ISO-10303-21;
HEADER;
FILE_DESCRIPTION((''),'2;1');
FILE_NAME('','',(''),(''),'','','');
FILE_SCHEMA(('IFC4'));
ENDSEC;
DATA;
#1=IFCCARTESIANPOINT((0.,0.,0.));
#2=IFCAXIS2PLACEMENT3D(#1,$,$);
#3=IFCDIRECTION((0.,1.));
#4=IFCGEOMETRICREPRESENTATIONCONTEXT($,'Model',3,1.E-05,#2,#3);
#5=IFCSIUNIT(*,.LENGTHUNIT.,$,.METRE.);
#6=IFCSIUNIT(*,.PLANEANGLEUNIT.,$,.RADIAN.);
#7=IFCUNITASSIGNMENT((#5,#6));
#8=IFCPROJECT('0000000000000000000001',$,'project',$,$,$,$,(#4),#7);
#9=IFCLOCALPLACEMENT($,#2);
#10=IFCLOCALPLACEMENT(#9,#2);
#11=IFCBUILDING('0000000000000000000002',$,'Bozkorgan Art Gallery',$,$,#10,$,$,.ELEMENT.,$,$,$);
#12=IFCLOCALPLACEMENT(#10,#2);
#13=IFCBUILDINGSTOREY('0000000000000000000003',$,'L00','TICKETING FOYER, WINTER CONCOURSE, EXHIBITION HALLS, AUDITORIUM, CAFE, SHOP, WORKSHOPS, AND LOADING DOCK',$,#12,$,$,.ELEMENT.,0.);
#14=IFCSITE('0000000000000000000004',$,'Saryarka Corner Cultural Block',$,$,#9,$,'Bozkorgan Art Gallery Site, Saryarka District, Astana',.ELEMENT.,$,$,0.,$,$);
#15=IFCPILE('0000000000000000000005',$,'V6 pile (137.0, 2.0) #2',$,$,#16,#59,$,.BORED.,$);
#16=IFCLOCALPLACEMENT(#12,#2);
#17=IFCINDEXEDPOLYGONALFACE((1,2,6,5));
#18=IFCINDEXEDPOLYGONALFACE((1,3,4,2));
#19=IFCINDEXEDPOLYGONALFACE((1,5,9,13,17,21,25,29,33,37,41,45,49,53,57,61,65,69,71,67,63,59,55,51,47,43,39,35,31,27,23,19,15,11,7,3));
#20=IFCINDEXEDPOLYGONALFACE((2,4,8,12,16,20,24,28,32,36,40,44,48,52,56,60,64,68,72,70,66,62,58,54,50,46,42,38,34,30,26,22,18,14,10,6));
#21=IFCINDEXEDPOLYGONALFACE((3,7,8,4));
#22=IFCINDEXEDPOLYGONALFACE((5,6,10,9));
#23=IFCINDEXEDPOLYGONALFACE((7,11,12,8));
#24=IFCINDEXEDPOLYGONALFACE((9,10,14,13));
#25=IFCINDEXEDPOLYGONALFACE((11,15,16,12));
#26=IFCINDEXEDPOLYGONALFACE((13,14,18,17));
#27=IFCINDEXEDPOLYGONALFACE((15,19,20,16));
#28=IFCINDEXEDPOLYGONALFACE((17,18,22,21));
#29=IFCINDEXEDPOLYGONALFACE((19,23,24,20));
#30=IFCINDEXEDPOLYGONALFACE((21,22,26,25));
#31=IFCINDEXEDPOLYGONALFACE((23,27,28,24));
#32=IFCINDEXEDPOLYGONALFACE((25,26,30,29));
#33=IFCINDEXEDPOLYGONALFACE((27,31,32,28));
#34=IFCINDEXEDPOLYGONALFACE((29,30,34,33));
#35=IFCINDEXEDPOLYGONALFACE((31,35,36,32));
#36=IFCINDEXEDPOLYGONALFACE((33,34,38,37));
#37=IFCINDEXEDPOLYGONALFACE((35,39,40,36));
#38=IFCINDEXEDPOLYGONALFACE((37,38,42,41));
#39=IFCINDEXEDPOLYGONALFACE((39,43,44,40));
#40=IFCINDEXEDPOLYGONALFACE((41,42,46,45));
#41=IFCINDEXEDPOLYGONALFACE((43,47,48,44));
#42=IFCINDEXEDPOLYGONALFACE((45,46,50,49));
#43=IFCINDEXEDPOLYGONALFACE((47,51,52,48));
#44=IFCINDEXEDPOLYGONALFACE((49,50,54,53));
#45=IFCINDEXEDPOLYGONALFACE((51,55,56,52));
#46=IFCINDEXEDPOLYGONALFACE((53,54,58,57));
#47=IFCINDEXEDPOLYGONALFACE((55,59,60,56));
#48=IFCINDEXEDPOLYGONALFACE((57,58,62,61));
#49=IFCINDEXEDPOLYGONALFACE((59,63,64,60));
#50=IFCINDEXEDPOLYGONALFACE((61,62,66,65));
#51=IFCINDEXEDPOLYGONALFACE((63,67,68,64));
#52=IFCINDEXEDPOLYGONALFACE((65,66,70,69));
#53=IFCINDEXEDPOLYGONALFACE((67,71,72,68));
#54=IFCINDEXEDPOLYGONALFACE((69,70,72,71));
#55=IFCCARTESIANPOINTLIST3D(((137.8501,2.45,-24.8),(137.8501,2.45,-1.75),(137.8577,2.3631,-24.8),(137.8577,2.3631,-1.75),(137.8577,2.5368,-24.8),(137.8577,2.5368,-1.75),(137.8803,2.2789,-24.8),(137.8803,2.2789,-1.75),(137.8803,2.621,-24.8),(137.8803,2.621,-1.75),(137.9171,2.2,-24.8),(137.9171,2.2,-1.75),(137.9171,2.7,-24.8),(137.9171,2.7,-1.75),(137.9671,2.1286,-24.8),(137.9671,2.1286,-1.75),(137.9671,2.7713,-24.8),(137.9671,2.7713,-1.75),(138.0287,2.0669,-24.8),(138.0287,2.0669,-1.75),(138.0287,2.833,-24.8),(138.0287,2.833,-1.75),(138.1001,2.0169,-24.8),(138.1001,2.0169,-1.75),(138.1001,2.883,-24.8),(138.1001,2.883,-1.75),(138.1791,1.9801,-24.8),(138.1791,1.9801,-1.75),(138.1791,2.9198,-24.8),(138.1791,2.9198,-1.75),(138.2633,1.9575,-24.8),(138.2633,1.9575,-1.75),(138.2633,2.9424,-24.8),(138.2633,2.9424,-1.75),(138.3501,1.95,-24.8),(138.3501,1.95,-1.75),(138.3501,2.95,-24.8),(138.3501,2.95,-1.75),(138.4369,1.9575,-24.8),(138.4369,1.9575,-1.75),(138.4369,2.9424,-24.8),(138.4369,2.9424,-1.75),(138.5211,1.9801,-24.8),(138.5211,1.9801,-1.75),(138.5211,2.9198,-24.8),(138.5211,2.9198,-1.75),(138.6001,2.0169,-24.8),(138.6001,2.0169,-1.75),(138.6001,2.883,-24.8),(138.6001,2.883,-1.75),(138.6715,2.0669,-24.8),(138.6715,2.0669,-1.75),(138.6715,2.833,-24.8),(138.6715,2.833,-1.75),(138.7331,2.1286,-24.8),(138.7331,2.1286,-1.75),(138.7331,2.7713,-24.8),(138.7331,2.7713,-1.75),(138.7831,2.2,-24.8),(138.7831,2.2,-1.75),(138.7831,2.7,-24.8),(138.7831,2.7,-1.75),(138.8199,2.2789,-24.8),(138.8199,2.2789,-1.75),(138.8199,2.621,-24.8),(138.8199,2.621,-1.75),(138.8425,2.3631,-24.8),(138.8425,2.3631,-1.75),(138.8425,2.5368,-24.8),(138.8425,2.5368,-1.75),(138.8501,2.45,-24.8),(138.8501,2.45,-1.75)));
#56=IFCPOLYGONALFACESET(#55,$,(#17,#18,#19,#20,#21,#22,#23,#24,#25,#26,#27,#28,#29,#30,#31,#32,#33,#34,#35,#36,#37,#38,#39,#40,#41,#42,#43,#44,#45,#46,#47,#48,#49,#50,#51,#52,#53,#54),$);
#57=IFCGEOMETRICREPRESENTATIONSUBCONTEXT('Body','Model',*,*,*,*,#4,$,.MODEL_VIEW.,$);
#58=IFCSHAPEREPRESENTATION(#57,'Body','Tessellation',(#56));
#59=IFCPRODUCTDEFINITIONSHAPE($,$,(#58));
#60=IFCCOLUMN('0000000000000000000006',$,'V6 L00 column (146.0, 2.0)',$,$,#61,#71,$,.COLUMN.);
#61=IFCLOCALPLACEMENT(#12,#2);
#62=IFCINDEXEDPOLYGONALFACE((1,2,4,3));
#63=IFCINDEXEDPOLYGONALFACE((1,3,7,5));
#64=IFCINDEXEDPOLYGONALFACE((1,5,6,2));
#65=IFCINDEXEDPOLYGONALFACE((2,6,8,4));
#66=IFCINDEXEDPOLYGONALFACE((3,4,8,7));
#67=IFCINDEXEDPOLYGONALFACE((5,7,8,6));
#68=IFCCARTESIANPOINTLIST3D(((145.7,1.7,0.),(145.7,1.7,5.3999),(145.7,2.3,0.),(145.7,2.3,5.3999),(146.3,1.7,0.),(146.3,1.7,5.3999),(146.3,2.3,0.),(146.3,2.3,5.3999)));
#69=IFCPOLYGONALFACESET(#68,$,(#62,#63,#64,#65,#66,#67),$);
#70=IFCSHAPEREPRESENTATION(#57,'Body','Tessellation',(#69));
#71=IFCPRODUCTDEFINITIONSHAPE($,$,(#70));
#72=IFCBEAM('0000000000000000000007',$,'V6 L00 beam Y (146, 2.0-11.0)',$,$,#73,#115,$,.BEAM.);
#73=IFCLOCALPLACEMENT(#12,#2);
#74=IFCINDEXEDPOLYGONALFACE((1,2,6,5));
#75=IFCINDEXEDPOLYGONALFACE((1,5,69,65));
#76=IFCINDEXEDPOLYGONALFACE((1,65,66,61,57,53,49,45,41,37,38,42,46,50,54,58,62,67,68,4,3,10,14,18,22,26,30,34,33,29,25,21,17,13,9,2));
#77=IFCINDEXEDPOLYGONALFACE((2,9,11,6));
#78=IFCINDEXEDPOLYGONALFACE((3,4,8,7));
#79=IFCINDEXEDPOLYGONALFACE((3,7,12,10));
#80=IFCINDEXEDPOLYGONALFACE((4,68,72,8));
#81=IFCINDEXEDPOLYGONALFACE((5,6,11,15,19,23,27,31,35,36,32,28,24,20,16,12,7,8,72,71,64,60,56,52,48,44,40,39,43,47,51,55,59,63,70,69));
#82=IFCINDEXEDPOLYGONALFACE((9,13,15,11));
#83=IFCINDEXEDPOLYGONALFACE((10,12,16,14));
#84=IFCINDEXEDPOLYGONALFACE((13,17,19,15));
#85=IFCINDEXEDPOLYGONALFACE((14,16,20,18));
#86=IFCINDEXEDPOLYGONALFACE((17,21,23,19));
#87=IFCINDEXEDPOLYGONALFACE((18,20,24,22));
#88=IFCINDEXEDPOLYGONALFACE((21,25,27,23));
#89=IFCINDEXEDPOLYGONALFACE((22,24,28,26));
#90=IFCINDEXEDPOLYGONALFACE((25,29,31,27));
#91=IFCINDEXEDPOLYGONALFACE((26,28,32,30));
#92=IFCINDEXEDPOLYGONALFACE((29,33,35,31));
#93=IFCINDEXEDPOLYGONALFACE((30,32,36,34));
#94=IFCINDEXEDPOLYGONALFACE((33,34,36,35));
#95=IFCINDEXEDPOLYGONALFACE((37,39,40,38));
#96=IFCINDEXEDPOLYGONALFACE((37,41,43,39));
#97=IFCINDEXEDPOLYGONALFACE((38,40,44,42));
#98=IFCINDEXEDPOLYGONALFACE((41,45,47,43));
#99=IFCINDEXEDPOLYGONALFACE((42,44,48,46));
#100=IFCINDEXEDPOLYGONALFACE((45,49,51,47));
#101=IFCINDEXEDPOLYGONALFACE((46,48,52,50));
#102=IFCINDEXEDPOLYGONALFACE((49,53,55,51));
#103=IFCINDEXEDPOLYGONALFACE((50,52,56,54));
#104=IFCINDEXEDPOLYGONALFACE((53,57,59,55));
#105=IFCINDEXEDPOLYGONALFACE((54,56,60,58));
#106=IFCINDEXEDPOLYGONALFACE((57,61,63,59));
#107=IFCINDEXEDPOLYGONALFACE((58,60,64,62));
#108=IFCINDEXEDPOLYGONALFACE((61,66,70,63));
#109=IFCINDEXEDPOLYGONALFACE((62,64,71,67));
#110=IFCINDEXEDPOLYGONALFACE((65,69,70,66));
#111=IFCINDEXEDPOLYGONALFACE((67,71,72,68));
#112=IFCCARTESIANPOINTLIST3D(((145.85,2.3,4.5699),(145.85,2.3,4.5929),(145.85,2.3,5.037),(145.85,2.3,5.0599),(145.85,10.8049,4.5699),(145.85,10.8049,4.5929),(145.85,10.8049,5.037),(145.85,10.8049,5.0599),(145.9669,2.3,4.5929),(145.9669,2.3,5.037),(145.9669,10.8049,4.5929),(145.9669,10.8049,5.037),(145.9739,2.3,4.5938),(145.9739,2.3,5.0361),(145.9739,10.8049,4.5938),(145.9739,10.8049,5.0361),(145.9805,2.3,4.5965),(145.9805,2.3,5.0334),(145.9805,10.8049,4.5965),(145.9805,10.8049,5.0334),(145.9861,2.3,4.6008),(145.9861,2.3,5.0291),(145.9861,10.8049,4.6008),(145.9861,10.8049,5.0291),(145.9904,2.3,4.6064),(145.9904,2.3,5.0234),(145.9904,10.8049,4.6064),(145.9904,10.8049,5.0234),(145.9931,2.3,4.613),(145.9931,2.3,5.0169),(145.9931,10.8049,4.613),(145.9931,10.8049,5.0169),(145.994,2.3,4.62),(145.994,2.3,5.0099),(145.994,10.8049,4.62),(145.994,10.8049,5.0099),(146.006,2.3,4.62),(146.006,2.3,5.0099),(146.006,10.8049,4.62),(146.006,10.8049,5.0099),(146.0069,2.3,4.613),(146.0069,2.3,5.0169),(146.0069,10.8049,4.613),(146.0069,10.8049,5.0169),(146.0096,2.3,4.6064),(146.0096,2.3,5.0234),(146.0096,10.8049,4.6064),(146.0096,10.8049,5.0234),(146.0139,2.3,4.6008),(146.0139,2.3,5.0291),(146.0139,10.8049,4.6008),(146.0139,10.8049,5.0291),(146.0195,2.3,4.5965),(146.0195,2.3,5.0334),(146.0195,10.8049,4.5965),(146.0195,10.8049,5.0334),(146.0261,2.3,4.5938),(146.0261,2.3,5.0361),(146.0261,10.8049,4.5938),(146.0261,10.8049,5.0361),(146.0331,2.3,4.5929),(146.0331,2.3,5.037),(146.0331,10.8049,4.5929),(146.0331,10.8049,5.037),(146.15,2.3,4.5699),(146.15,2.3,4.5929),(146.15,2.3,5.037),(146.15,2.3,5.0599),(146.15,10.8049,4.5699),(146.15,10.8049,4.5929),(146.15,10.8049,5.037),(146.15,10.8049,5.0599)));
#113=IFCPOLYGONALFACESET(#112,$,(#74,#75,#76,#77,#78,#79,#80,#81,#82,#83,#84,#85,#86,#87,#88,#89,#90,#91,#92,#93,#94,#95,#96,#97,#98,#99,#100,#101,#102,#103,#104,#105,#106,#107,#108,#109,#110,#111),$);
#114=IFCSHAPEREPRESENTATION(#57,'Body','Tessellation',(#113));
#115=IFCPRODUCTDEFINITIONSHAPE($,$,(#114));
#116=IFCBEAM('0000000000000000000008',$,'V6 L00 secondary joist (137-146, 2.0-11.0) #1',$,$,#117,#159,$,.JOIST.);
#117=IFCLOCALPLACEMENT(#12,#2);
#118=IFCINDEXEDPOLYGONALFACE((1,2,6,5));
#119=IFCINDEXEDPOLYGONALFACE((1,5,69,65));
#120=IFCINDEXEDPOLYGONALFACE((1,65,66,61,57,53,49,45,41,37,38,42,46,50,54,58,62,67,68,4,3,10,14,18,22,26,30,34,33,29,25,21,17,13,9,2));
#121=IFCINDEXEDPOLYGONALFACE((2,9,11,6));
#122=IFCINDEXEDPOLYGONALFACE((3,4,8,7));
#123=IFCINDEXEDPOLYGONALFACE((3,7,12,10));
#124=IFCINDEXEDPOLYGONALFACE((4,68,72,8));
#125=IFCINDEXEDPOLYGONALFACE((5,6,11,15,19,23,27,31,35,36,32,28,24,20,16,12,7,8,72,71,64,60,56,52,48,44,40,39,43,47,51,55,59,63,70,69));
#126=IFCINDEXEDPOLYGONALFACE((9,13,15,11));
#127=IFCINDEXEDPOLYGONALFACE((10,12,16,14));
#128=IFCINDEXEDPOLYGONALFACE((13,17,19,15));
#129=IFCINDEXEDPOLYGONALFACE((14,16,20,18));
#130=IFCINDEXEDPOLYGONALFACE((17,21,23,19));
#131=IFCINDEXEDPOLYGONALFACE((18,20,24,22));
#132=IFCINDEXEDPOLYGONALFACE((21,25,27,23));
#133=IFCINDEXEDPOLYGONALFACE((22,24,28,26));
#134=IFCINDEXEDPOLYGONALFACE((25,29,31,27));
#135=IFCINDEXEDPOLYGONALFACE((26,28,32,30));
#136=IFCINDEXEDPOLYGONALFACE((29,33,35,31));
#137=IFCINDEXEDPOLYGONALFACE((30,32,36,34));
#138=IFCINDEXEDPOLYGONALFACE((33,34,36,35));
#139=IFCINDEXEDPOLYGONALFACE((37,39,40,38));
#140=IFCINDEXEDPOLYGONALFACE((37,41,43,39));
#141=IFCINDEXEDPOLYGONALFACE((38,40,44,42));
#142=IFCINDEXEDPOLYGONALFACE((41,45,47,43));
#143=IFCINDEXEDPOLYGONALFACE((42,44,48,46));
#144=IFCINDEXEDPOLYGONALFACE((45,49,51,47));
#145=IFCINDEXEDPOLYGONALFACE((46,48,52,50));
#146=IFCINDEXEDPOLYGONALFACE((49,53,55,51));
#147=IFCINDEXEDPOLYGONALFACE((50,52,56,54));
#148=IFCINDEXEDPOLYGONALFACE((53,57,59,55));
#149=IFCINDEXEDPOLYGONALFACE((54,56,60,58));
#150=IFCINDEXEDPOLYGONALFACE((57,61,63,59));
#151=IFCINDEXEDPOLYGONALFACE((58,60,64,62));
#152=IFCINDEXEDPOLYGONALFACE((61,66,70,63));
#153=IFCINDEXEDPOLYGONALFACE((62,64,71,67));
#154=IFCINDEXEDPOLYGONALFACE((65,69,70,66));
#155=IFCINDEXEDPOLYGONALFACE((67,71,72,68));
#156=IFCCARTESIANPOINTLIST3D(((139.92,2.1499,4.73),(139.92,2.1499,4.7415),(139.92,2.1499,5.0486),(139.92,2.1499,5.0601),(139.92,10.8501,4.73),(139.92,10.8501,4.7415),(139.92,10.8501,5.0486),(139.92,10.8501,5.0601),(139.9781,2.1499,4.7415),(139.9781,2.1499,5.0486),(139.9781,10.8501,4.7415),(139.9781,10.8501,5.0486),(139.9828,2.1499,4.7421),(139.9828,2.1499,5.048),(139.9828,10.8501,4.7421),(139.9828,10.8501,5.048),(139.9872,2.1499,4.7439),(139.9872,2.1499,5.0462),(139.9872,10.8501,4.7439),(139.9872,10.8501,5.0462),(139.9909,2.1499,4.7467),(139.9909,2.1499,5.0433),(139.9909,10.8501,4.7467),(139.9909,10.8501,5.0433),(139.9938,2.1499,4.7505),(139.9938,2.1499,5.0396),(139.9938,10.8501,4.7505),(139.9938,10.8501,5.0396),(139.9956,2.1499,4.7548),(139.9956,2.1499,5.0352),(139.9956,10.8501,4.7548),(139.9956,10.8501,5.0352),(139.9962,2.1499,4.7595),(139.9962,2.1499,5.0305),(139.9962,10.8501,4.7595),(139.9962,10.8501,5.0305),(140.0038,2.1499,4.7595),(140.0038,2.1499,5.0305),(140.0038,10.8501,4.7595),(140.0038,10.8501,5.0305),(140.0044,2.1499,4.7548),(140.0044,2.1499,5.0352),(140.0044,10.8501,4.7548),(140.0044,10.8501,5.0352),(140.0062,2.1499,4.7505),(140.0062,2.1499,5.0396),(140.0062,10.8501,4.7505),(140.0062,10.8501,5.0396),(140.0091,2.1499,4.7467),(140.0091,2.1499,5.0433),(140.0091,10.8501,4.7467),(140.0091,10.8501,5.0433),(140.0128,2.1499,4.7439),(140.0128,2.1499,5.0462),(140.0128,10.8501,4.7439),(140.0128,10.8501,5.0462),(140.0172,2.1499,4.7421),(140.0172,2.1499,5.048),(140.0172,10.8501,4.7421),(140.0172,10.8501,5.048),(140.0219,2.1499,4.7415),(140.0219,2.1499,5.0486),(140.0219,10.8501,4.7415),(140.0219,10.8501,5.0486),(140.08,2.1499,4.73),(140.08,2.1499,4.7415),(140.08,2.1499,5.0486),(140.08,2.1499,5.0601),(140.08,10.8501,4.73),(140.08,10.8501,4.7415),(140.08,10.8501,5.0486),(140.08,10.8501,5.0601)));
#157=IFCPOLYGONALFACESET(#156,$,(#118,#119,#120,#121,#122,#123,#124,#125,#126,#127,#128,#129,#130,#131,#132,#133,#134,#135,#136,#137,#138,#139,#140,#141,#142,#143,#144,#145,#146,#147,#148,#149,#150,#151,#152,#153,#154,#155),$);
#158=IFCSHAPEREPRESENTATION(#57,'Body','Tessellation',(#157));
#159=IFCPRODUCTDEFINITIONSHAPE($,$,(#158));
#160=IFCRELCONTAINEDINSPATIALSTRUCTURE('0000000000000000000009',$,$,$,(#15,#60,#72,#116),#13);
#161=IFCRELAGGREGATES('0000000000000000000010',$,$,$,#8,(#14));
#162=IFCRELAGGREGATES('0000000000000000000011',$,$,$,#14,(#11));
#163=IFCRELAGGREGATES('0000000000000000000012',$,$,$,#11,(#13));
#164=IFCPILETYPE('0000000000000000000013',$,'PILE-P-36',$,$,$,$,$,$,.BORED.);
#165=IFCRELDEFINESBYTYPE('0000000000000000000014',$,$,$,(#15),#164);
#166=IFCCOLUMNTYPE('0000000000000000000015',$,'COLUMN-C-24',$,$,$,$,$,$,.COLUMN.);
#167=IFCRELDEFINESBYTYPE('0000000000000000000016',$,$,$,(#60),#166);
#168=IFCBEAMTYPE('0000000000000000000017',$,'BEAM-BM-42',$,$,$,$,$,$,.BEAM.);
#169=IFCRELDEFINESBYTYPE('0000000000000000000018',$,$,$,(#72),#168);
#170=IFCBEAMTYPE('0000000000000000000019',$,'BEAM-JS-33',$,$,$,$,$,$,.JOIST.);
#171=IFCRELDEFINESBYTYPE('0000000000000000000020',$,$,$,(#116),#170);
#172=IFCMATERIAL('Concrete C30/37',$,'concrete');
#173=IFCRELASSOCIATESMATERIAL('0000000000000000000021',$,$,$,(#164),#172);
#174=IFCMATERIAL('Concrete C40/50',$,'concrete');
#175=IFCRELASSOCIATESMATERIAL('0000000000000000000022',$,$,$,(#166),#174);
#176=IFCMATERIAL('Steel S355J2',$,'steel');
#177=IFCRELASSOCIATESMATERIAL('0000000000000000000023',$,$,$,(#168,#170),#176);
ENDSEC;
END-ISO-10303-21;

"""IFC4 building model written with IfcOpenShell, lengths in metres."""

from ifc_helpers import new_model, si_unit, direction, frame, origin, origin_2d, place, context, subcontext, project, spatial, rectangle, circle, i_section, extrude, material, material_profile, profile_set, type_object, element, save


model = new_model("IFC4")

# Units and contexts
model_context = context("Model", 3, precision=1e-05, world=origin(), true_north=direction((0.0, 1.0)))
body_context = subcontext(model_context, "Body", "Model", "MODEL_VIEW")
ifc_project = project(units=[si_unit("LENGTHUNIT", "METRE"), si_unit("PLANEANGLEUNIT", "RADIAN")], contexts=[model_context])

# Site, building, storey
site_placement = place(None, origin())
site = spatial("IfcSite", under=ifc_project, at=site_placement, Name="Saryarka Corner Cultural Block", LongName="Bozkorgan Art Gallery Site, Saryarka District, Astana", CompositionType="ELEMENT", RefElevation=0.0)
building_placement = place(site_placement, origin())
building = spatial("IfcBuilding", under=site, at=building_placement, Name="Bozkorgan Art Gallery", CompositionType="ELEMENT")
storey_placement = place(building_placement, origin())
storey = spatial("IfcBuildingStorey", under=building, at=storey_placement, Name="L00", Description="TICKETING FOYER, WINTER CONCOURSE, EXHIBITION HALLS, AUDITORIUM, CAFE, SHOP, WORKSHOPS, AND LOADING DOCK", CompositionType="ELEMENT", Elevation=0.0)

# Shared definitions
ifc_material_1 = material(Name="Concrete C30/37", Category="concrete")

# Pile
ifc_material_profile_1 = material_profile(ifc_material_1, circle(Radius=0.5, at=origin_2d()), Name="PILE D1000")
ifc_profile_set_1 = profile_set([ifc_material_profile_1], Name="Concrete C30/37")
pile_type = type_object("IfcPileType", Name="PILE-P-36", PredefinedType="BORED", material=ifc_profile_set_1)
pile_placement = place(storey_placement, frame((138.3501, 2.45, -1.75), z_axis=(0.0, 0.0, -1.0), x_axis=(1.0, 0.0, 0.0)))
element("IfcPile", 1, at=pile_placement, inside=storey, type_object=pile_type, Name="V6 pile (137.0, 2.0) #2", PredefinedType="BORED", context=body_context, shape_type="SweptSolid", body=[
    extrude(circle(Radius=0.5, at=origin_2d()), origin(), (0.0, 0.0, 1.0), 23.05),
])

# Column
ifc_material_2 = material(Name="Concrete C40/50", Category="concrete")
ifc_material_profile_2 = material_profile(ifc_material_2, rectangle(XDim=0.6001, YDim=0.6001, at=origin_2d()), Name="RC 600x600")
ifc_profile_set_2 = profile_set([ifc_material_profile_2], Name="Concrete C40/50")
column_type = type_object("IfcColumnType", Name="COLUMN-C-24", PredefinedType="COLUMN", material=ifc_profile_set_2)
column_placement = place(storey_placement, frame((146.0, 2.0, 0.0), z_axis=(0.0, 0.0, 1.0), x_axis=(1.0, 0.0, 0.0)))
element("IfcColumn", 2, at=column_placement, inside=storey, type_object=column_type, Name="V6 L00 column (146.0, 2.0)", PredefinedType="COLUMN", context=body_context, shape_type="SweptSolid", body=[
    extrude(rectangle(XDim=0.6001, YDim=0.6001, at=origin_2d()), origin(), (0.0, 0.0, 1.0), 5.3999),
])

# Beams
ifc_material_3 = material(Name="Steel S355J2", Category="steel")
ifc_material_profile_3 = material_profile(ifc_material_3, i_section(OverallWidth=0.3, OverallDepth=0.49, WebThickness=0.012, FlangeThickness=0.0229, FilletRadius=0.0271, at=origin_2d()), Name="HEA 500")
ifc_profile_set_3 = profile_set([ifc_material_profile_3], Name="Steel S355J2")
beam_type_1 = type_object("IfcBeamType", Name="BEAM-BM-42", PredefinedType="BEAM", material=ifc_profile_set_3)
beam_1_placement = place(storey_placement, frame((146.0, 2.3, 4.8149), z_axis=(0.0, 1.0, 0.0), x_axis=(-1.0, 0.0, 0.0)))
element("IfcBeam", 3, at=beam_1_placement, inside=storey, type_object=beam_type_1, Name="V6 L00 beam Y (146, 2.0-11.0)", PredefinedType="BEAM", context=body_context, shape_type="SweptSolid", body=[
    extrude(i_section(OverallWidth=0.3, OverallDepth=0.49, WebThickness=0.012, FlangeThickness=0.0229, FilletRadius=0.0271, at=origin_2d()), origin(), (0.0, 0.0, 1.0), 8.5049),
])
ifc_material_profile_4 = material_profile(ifc_material_3, i_section(OverallWidth=0.1599, OverallDepth=0.3301, WebThickness=0.0076, FlangeThickness=0.0115, FilletRadius=0.0181, at=origin_2d()), Name="IPE 330")
ifc_profile_set_4 = profile_set([ifc_material_profile_4], Name="Steel S355J2")
beam_type_2 = type_object("IfcBeamType", Name="BEAM-JS-33", PredefinedType="JOIST", material=ifc_profile_set_4)
for number, where, z_axis, x_axis, name in (
    (4, (140.0, 2.1499, 4.895), (0.0, 1.0, 0.0), (-1.0, 0.0, 0.0), "V6 L00 secondary joist (137-146, 2.0-11.0) #1"),
):
    element("IfcBeam", number, at=place(storey_placement, frame(where, z_axis=z_axis, x_axis=x_axis)), inside=storey, type_object=beam_type_2, Name=name, PredefinedType="JOIST", context=body_context, shape_type="SweptSolid", body=[
        extrude(i_section(OverallWidth=0.1599, OverallDepth=0.3301, WebThickness=0.0076, FlangeThickness=0.0115, FilletRadius=0.0181, at=origin_2d()), origin(), (0.0, 0.0, 1.0), 8.7002),
    ])

save(model, "model.ifc")
